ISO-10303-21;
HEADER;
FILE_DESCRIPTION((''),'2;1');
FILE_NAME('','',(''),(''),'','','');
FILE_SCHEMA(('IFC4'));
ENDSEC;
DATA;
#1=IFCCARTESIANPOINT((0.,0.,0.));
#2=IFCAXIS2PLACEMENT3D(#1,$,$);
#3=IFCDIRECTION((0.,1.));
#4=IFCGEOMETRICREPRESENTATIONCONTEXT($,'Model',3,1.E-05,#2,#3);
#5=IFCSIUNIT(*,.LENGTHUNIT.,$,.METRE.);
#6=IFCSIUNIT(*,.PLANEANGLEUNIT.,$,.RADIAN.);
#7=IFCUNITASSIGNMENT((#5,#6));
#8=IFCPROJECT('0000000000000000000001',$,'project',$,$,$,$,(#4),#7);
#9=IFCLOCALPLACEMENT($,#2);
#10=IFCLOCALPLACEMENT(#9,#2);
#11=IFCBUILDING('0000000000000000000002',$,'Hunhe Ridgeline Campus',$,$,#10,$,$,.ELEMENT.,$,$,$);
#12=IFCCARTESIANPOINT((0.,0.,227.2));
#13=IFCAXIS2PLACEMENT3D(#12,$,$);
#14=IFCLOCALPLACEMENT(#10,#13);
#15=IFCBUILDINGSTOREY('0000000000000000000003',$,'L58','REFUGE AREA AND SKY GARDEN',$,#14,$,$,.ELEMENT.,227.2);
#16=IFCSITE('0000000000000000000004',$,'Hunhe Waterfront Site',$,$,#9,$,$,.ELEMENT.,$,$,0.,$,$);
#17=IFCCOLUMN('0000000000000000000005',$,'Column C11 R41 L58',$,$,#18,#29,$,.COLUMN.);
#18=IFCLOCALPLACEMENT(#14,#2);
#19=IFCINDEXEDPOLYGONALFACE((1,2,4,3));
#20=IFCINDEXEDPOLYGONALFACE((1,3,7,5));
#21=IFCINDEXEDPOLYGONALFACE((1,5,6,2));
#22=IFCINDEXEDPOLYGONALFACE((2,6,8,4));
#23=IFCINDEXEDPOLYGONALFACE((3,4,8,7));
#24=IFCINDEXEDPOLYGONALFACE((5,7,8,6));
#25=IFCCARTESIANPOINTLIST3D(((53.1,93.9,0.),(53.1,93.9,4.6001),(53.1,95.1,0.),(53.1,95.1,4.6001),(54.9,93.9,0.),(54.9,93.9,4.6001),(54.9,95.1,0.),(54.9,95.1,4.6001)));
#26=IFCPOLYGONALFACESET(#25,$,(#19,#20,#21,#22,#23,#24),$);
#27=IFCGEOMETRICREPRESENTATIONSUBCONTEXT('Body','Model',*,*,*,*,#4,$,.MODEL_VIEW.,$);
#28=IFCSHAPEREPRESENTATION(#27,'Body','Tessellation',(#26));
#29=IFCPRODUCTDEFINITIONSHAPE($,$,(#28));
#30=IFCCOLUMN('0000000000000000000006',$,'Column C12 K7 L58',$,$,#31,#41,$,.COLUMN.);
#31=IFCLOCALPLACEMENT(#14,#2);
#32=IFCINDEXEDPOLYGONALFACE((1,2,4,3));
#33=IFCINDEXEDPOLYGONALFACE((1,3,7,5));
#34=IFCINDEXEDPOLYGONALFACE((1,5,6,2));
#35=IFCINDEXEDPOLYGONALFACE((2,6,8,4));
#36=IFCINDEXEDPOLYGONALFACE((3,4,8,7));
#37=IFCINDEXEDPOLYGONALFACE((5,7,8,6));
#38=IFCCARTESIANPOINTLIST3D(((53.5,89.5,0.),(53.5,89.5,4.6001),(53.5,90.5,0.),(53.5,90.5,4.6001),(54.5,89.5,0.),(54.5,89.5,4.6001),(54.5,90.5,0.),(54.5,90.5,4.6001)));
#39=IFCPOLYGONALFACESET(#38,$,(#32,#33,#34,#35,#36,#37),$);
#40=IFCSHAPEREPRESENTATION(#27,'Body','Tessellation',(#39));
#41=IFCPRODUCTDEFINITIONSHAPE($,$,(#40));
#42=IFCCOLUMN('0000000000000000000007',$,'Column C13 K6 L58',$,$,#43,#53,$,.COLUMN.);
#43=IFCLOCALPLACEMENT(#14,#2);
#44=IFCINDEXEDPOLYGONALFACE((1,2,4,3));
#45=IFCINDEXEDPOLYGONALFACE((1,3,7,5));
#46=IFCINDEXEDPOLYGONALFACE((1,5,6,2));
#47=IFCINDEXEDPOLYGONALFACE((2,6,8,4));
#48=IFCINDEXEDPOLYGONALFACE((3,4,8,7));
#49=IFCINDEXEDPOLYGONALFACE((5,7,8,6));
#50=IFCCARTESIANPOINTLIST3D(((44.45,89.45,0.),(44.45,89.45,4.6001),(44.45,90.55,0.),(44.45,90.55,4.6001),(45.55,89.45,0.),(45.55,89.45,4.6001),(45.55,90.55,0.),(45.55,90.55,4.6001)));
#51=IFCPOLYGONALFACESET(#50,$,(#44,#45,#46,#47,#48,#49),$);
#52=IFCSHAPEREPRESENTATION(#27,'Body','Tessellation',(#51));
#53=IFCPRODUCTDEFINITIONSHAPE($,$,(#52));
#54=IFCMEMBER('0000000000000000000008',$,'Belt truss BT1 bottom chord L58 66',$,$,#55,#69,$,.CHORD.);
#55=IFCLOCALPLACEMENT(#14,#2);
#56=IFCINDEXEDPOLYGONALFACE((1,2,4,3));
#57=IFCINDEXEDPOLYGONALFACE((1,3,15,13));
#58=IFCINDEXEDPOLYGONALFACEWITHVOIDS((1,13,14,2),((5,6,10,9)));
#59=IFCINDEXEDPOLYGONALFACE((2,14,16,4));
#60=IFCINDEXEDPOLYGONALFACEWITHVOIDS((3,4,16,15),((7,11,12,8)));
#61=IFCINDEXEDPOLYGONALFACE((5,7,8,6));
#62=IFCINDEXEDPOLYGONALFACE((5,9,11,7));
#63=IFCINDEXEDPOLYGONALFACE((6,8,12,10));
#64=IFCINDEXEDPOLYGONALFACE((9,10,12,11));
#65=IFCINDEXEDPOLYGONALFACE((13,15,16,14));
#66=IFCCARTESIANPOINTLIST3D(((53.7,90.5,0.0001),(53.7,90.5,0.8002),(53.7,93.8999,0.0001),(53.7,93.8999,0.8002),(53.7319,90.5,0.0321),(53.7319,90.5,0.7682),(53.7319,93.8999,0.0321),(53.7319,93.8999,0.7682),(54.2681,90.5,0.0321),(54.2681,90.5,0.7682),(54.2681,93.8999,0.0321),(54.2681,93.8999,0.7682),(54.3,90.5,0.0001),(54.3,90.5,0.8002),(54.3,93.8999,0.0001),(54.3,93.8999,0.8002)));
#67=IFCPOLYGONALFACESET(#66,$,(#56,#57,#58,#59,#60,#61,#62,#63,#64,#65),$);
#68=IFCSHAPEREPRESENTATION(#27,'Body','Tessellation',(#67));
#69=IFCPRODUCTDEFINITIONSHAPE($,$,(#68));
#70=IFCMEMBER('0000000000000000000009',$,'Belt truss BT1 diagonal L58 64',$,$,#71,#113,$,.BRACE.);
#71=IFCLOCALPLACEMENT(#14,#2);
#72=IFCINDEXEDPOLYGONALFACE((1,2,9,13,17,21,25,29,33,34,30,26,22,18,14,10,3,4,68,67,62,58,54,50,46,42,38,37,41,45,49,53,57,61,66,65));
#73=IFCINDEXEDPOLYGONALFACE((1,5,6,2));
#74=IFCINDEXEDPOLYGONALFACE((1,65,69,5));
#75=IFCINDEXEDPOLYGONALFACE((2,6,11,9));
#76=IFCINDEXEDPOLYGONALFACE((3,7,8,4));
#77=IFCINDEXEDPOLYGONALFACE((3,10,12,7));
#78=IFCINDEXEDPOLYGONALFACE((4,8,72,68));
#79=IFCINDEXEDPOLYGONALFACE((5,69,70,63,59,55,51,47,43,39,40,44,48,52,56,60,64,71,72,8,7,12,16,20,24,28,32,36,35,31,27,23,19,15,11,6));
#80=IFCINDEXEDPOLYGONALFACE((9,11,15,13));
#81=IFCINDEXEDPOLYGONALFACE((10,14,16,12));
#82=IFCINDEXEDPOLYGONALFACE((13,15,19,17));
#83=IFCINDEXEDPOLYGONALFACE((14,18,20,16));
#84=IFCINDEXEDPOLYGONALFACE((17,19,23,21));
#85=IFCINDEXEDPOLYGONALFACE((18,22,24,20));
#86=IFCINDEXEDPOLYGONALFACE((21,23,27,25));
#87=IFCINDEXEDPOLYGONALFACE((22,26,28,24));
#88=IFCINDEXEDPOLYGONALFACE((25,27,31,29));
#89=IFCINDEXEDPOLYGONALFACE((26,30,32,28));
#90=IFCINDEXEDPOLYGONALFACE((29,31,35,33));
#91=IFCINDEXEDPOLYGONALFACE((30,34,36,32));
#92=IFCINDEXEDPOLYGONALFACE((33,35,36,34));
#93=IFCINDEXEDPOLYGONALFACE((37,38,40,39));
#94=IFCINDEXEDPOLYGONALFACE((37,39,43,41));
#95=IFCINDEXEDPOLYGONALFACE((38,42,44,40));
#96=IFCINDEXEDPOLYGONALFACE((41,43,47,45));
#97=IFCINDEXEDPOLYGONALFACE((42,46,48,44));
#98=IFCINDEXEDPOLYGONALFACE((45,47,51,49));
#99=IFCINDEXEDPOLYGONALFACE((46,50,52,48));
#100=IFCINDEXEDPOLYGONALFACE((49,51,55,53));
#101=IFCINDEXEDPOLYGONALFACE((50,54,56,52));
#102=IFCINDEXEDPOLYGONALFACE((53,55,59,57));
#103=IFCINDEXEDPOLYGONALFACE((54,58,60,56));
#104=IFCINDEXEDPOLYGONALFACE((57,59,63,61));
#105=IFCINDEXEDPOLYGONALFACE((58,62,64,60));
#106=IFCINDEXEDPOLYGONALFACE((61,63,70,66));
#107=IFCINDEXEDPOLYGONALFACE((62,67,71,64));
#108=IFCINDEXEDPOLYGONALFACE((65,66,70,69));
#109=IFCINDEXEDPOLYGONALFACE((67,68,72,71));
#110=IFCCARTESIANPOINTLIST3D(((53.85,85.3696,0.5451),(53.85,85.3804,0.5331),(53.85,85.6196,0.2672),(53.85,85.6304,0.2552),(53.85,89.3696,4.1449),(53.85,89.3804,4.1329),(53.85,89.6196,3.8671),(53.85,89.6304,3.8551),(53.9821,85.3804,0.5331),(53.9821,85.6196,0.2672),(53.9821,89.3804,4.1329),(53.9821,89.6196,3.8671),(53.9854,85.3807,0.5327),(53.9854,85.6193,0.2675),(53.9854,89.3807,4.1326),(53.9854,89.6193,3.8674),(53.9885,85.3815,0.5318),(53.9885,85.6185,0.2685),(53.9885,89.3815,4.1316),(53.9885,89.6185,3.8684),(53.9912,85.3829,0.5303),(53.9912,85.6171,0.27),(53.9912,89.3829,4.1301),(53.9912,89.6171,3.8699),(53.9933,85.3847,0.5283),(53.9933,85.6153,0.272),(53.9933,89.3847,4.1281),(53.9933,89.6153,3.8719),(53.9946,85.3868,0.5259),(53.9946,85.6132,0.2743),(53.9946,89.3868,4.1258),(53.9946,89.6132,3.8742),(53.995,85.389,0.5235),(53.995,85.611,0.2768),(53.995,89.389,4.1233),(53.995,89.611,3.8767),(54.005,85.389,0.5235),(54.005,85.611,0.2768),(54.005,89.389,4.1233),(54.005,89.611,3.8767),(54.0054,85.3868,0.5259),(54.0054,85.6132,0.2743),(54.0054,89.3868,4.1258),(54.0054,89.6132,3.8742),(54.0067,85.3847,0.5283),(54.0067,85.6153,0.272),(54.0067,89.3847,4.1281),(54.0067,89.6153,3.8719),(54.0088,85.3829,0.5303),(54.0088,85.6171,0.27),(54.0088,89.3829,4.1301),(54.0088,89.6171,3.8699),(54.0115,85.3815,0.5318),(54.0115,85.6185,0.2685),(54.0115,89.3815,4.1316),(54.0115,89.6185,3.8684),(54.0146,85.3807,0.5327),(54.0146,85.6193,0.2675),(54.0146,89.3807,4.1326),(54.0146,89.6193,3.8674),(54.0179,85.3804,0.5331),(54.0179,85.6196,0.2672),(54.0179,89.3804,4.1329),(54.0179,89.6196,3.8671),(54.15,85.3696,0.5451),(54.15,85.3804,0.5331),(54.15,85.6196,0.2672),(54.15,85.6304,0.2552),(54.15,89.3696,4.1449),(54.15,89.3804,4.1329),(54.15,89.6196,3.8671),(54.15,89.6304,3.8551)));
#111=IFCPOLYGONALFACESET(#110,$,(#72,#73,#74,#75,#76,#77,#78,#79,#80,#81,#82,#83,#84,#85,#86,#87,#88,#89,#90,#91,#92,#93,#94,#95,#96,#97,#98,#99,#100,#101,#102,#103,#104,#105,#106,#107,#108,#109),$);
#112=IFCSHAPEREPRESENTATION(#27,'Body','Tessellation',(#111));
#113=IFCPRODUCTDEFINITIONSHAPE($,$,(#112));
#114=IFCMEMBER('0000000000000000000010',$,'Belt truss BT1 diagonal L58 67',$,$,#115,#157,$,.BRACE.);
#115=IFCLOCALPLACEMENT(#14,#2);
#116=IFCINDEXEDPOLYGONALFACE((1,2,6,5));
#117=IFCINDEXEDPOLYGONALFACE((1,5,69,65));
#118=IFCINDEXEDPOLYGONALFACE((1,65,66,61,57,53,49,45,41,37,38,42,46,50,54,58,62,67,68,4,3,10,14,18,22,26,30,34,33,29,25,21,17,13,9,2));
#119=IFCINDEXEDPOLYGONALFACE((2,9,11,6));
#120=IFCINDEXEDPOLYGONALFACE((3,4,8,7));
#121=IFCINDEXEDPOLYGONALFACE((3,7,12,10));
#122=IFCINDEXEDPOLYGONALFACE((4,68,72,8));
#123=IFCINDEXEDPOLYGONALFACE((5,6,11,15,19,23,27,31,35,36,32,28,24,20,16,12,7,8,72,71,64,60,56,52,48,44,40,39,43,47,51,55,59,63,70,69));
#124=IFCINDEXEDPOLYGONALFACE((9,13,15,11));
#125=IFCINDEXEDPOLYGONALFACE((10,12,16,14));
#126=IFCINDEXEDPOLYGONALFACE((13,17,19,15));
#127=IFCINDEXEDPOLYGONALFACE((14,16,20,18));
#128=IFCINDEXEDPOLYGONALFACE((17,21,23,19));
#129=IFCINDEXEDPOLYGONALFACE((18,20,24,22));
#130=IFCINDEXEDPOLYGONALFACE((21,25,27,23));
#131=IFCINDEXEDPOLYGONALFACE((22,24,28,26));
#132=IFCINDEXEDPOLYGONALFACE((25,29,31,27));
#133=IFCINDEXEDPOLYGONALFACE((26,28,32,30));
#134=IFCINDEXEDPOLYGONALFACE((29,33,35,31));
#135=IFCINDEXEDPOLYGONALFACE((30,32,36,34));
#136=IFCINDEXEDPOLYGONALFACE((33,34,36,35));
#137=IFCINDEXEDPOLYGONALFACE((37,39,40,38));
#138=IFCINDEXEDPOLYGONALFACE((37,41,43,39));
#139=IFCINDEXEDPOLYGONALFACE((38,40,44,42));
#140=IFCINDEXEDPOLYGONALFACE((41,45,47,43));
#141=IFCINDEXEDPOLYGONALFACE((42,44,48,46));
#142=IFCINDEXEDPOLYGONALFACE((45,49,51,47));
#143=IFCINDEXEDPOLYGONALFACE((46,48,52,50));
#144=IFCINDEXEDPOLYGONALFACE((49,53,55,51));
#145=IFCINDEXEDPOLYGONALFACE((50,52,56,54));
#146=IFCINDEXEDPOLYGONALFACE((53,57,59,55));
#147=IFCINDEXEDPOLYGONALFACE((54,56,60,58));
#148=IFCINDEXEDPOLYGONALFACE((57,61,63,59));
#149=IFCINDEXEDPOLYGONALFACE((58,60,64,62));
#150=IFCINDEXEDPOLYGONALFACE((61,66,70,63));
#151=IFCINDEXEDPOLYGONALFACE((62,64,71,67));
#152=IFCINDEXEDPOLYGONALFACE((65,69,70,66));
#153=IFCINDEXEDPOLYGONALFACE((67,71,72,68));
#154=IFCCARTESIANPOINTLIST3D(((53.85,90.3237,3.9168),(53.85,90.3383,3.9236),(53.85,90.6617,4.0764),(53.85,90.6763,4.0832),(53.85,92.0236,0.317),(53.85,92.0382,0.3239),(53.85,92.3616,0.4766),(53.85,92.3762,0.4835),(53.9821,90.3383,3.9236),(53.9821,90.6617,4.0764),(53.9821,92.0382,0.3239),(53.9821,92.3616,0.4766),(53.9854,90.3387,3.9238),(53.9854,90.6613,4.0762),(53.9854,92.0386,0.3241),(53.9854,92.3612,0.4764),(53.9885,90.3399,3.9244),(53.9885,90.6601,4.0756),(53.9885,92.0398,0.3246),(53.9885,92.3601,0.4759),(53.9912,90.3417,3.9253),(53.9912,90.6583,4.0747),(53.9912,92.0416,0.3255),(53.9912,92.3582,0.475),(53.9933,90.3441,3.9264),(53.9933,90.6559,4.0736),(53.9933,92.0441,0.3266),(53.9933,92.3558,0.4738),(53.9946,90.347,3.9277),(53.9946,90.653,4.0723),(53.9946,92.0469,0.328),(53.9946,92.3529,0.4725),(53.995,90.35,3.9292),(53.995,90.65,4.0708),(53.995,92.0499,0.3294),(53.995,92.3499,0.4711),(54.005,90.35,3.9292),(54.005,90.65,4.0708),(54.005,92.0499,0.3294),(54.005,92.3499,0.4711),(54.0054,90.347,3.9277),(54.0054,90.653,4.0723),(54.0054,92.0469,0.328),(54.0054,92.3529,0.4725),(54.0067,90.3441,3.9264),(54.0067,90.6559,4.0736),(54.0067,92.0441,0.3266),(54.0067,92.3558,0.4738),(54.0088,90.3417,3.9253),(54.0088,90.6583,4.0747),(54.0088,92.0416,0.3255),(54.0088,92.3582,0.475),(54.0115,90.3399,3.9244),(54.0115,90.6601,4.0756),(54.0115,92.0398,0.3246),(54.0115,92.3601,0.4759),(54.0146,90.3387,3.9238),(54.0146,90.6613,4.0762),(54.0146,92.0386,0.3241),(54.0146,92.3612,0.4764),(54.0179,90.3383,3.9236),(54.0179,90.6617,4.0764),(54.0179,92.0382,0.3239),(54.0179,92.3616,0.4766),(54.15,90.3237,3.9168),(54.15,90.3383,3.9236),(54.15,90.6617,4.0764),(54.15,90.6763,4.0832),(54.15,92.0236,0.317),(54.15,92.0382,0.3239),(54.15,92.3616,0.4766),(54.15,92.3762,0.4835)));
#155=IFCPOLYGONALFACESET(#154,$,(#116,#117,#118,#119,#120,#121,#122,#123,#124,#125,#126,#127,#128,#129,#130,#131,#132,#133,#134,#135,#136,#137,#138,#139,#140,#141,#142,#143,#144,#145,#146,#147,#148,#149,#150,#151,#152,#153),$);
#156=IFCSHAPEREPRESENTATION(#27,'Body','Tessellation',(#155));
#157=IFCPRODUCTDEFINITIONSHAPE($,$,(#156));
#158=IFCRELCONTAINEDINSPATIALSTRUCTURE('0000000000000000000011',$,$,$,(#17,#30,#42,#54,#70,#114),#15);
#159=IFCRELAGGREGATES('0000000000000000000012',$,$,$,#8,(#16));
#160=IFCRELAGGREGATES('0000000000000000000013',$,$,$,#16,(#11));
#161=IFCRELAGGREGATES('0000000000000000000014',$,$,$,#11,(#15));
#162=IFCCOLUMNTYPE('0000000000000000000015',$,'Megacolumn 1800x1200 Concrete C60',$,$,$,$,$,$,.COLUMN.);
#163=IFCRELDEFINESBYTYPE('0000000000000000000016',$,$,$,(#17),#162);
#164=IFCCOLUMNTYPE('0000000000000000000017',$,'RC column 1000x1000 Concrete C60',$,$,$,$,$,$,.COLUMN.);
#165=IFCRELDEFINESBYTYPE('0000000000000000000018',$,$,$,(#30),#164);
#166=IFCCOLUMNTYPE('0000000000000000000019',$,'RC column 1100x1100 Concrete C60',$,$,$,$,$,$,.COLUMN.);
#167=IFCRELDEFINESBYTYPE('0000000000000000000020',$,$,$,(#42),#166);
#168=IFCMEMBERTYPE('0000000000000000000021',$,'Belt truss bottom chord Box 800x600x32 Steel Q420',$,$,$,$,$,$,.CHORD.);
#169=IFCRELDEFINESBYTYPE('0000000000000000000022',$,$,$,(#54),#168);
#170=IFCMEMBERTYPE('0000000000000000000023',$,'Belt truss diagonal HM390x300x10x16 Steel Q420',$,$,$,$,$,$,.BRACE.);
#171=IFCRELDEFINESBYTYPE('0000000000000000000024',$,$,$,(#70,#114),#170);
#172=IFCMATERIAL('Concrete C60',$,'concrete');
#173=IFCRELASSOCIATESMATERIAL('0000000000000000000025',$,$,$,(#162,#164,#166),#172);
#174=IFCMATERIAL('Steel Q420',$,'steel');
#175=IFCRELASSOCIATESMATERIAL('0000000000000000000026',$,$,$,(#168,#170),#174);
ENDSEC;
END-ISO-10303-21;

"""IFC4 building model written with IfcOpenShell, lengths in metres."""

from ifc_helpers import new_model, si_unit, direction, frame, origin, origin_2d, place, context, subcontext, project, spatial, rectangle, hollow_rectangle, i_section, extrude, material, material_profile, profile_set, type_object, element, save


model = new_model("IFC4")

# Units and contexts
model_context = context("Model", 3, precision=1e-05, world=origin(), true_north=direction((0.0, 1.0)))
body_context = subcontext(model_context, "Body", "Model", "MODEL_VIEW")
ifc_project = project(units=[si_unit("LENGTHUNIT", "METRE"), si_unit("PLANEANGLEUNIT", "RADIAN")], contexts=[model_context])

# Site, building, storey
site_placement = place(None, origin())
site = spatial("IfcSite", under=ifc_project, at=site_placement, Name="Hunhe Waterfront Site", CompositionType="ELEMENT", RefElevation=0.0)
building_placement = place(site_placement, origin())
building = spatial("IfcBuilding", under=site, at=building_placement, Name="Hunhe Ridgeline Campus", CompositionType="ELEMENT")
storey_placement = place(building_placement, frame((0.0, 0.0, 227.2)))
storey = spatial("IfcBuildingStorey", under=building, at=storey_placement, Name="L58", Description="REFUGE AREA AND SKY GARDEN", CompositionType="ELEMENT", Elevation=227.2)

# Columns
ifc_material_1 = material(Name="Concrete C60", Category="concrete")
ifc_material_profile_1 = material_profile(ifc_material_1, rectangle(XDim=1.8, YDim=1.2, at=origin_2d()))
ifc_profile_set_1 = profile_set([ifc_material_profile_1], Name="Concrete C60")
column_type_1 = type_object("IfcColumnType", Name="Megacolumn 1800x1200 Concrete C60", PredefinedType="COLUMN", material=ifc_profile_set_1)
column_1_placement = place(storey_placement, frame((54.0, 94.5, 0.0), z_axis=(0.0, 0.0, 1.0), x_axis=(1.0, 0.0, 0.0)))
element("IfcColumn", 1, at=column_1_placement, inside=storey, type_object=column_type_1, Name="Column C11 R41 L58", PredefinedType="COLUMN", context=body_context, shape_type="SweptSolid", body=[
    extrude(rectangle(XDim=1.8, YDim=1.2, at=origin_2d()), origin(), (0.0, 0.0, 1.0), 4.6001),
])
ifc_material_profile_2 = material_profile(ifc_material_1, rectangle(XDim=1.0, YDim=1.0, at=origin_2d()))
ifc_profile_set_2 = profile_set([ifc_material_profile_2], Name="Concrete C60")
column_type_2 = type_object("IfcColumnType", Name="RC column 1000x1000 Concrete C60", PredefinedType="COLUMN", material=ifc_profile_set_2)
column_2_placement = place(storey_placement, frame((54.0, 90.0, 0.0), z_axis=(0.0, 0.0, 1.0), x_axis=(1.0, 0.0, 0.0)))
element("IfcColumn", 2, at=column_2_placement, inside=storey, type_object=column_type_2, Name="Column C12 K7 L58", PredefinedType="COLUMN", context=body_context, shape_type="SweptSolid", body=[
    extrude(rectangle(XDim=1.0, YDim=1.0, at=origin_2d()), origin(), (0.0, 0.0, 1.0), 4.6001),
])
ifc_material_profile_3 = material_profile(ifc_material_1, rectangle(XDim=1.1001, YDim=1.1001, at=origin_2d()))
ifc_profile_set_3 = profile_set([ifc_material_profile_3], Name="Concrete C60")
column_type_3 = type_object("IfcColumnType", Name="RC column 1100x1100 Concrete C60", PredefinedType="COLUMN", material=ifc_profile_set_3)
column_3_placement = place(storey_placement, frame((45.0, 90.0, 0.0), z_axis=(0.0, 0.0, 1.0), x_axis=(1.0, 0.0, 0.0)))
element("IfcColumn", 3, at=column_3_placement, inside=storey, type_object=column_type_3, Name="Column C13 K6 L58", PredefinedType="COLUMN", context=body_context, shape_type="SweptSolid", body=[
    extrude(rectangle(XDim=1.1001, YDim=1.1001, at=origin_2d()), origin(), (0.0, 0.0, 1.0), 4.6001),
])

# Members
ifc_material_2 = material(Name="Steel Q420", Category="steel")
ifc_material_profile_4 = material_profile(ifc_material_2, hollow_rectangle(XDim=0.6001, YDim=0.8, WallThickness=0.032, at=origin_2d()))
ifc_profile_set_4 = profile_set([ifc_material_profile_4], Name="Steel Q420")
member_type_1 = type_object("IfcMemberType", Name="Belt truss bottom chord Box 800x600x32 Steel Q420", PredefinedType="CHORD", material=ifc_profile_set_4)
member_1_placement = place(storey_placement, frame((54.0, 90.5, 0.4001), z_axis=(0.0, 1.0, 0.0), x_axis=(-1.0, 0.0, 0.0)))
element("IfcMember", 4, at=member_1_placement, inside=storey, type_object=member_type_1, Name="Belt truss BT1 bottom chord L58 66", PredefinedType="CHORD", context=body_context, shape_type="SweptSolid", body=[
    extrude(hollow_rectangle(XDim=0.6001, YDim=0.8, WallThickness=0.032, at=origin_2d()), origin(), (0.0, 0.0, 1.0), 3.3999),
])
ifc_material_profile_5 = material_profile(ifc_material_2, i_section(OverallWidth=0.3, OverallDepth=0.3899, WebThickness=0.01, FlangeThickness=0.0161, FilletRadius=0.0129, at=origin_2d()))
ifc_profile_set_5 = profile_set([ifc_material_profile_5], Name="Steel Q420")
member_type_2 = type_object("IfcMemberType", Name="Belt truss diagonal HM390x300x10x16 Steel Q420", PredefinedType="BRACE", material=ifc_profile_set_5)
member_2_placement = place(storey_placement, frame((54.0, 85.5, 0.4001), z_axis=(0.0, 0.743308, 0.66895), x_axis=(-1.0, 0.0, 0.0)))
element("IfcMember", 5, at=member_2_placement, inside=storey, type_object=member_type_2, Name="Belt truss BT1 diagonal L58 64", PredefinedType="BRACE", context=body_context, shape_type="SweptSolid", body=[
    extrude(i_section(OverallWidth=0.3, OverallDepth=0.3899, WebThickness=0.01, FlangeThickness=0.0161, FilletRadius=0.0129, at=origin_2d()), origin(), (0.0, 0.0, 1.0), 5.3813),
])
for number, where, z_axis, x_axis, name in (
    (6, (54.0, 90.5, 4.0), (0.0, 0.42701, -0.904247), (-1.0, 0.0, 0.0), "Belt truss BT1 diagonal L58 67"),
):
    element("IfcMember", number, at=place(storey_placement, frame(where, z_axis=z_axis, x_axis=x_axis)), inside=storey, type_object=member_type_2, Name=name, PredefinedType="BRACE", context=body_context, shape_type="SweptSolid", body=[
        extrude(i_section(OverallWidth=0.3, OverallDepth=0.3899, WebThickness=0.01, FlangeThickness=0.0161, FilletRadius=0.0129, at=origin_2d()), origin(), (0.0, 0.0, 1.0), 3.981),
    ])

save(model, "model.ifc")
